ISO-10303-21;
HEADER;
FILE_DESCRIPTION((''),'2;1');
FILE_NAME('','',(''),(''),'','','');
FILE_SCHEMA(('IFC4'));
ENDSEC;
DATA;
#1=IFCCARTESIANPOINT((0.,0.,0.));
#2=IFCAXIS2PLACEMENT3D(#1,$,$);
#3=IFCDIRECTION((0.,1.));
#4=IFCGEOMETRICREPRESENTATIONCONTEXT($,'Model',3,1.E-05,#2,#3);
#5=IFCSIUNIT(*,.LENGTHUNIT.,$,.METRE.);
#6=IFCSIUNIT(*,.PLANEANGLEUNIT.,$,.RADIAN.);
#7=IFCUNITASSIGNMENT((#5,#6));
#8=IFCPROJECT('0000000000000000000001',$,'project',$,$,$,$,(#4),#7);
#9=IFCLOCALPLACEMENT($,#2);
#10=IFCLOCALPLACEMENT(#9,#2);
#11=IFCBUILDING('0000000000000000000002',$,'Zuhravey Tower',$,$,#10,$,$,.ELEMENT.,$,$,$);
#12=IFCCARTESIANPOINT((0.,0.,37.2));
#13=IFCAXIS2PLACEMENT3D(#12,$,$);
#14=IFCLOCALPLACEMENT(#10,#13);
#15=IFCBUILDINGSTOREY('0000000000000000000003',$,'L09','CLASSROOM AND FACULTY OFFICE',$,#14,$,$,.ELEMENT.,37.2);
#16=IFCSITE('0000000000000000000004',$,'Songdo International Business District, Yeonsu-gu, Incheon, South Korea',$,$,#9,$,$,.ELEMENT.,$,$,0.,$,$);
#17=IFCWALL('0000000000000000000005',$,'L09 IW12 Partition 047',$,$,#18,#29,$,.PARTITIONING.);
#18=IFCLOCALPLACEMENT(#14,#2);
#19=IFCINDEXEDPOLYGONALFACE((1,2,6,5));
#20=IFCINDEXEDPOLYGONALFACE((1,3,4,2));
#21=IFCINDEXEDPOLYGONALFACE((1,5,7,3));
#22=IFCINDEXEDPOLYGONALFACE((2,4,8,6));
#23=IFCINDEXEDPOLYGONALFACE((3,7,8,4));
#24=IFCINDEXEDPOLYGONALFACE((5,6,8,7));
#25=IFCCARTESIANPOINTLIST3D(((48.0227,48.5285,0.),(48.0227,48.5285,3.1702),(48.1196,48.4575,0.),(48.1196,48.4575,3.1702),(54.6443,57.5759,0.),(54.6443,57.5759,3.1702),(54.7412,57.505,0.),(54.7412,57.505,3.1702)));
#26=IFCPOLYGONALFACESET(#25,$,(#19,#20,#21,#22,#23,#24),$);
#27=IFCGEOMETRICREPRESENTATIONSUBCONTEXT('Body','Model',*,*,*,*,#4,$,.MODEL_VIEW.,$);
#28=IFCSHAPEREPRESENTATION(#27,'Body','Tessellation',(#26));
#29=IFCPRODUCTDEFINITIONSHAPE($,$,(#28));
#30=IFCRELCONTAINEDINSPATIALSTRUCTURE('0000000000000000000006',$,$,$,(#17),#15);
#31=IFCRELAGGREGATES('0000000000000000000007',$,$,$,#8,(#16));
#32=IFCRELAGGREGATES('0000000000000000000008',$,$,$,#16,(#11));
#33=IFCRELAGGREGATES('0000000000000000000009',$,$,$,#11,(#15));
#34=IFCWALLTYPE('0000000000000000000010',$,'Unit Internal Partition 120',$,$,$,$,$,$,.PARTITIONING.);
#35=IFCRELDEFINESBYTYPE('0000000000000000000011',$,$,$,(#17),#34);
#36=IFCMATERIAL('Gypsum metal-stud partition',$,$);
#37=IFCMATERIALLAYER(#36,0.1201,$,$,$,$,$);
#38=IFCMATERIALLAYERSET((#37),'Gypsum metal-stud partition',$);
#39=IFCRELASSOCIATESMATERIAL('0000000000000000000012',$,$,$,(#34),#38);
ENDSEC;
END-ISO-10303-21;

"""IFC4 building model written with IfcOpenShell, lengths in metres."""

from ifc_helpers import new_model, si_unit, direction, frame, frame_2d, origin, place, context, subcontext, project, spatial, rectangle, extrude, material, layer, layer_set, type_object, element, save


model = new_model("IFC4")

# Units and contexts
model_context = context("Model", 3, precision=1e-05, world=origin(), true_north=direction((0.0, 1.0)))
body_context = subcontext(model_context, "Body", "Model", "MODEL_VIEW")
ifc_project = project(units=[si_unit("LENGTHUNIT", "METRE"), si_unit("PLANEANGLEUNIT", "RADIAN")], contexts=[model_context])

# Site, building, storey
site_placement = place(None, origin())
site = spatial("IfcSite", under=ifc_project, at=site_placement, Name="Songdo International Business District, Yeonsu-gu, Incheon, South Korea", CompositionType="ELEMENT", RefElevation=0.0)
building_placement = place(site_placement, origin())
building = spatial("IfcBuilding", under=site, at=building_placement, Name="Zuhravey Tower", CompositionType="ELEMENT")
storey_placement = place(building_placement, frame((0.0, 0.0, 37.2)))
storey = spatial("IfcBuildingStorey", under=building, at=storey_placement, Name="L09", Description="CLASSROOM AND FACULTY OFFICE", CompositionType="ELEMENT", Elevation=37.2)

# Wall
ifc_material_1 = material(Name="Gypsum metal-stud partition")
ifc_layer_1 = layer(ifc_material_1, 0.1201)
ifc_layer_set_1 = layer_set([ifc_layer_1], Name="Gypsum metal-stud partition")
wall_type_1 = type_object("IfcWallType", Name="Unit Internal Partition 120", PredefinedType="PARTITIONING", material=ifc_layer_set_1)
wall_1_placement = place(storey_placement, frame((48.071, 48.4929, 0.0), z_axis=(0.0, 0.0, 1.0), x_axis=(0.590601, 0.806964, 0.0)))
element("IfcWall", 1, at=wall_1_placement, inside=storey, type_object=wall_type_1, Name="L09 IW12 Partition 047", PredefinedType="PARTITIONING", context=body_context, shape_type="SweptSolid", body=[
    extrude(rectangle(XDim=11.2117, YDim=0.1201, at=frame_2d((5.606, 0.0))), origin(), (0.0, 0.0, 1.0), 3.1702),
])

save(model, "model.ifc")
